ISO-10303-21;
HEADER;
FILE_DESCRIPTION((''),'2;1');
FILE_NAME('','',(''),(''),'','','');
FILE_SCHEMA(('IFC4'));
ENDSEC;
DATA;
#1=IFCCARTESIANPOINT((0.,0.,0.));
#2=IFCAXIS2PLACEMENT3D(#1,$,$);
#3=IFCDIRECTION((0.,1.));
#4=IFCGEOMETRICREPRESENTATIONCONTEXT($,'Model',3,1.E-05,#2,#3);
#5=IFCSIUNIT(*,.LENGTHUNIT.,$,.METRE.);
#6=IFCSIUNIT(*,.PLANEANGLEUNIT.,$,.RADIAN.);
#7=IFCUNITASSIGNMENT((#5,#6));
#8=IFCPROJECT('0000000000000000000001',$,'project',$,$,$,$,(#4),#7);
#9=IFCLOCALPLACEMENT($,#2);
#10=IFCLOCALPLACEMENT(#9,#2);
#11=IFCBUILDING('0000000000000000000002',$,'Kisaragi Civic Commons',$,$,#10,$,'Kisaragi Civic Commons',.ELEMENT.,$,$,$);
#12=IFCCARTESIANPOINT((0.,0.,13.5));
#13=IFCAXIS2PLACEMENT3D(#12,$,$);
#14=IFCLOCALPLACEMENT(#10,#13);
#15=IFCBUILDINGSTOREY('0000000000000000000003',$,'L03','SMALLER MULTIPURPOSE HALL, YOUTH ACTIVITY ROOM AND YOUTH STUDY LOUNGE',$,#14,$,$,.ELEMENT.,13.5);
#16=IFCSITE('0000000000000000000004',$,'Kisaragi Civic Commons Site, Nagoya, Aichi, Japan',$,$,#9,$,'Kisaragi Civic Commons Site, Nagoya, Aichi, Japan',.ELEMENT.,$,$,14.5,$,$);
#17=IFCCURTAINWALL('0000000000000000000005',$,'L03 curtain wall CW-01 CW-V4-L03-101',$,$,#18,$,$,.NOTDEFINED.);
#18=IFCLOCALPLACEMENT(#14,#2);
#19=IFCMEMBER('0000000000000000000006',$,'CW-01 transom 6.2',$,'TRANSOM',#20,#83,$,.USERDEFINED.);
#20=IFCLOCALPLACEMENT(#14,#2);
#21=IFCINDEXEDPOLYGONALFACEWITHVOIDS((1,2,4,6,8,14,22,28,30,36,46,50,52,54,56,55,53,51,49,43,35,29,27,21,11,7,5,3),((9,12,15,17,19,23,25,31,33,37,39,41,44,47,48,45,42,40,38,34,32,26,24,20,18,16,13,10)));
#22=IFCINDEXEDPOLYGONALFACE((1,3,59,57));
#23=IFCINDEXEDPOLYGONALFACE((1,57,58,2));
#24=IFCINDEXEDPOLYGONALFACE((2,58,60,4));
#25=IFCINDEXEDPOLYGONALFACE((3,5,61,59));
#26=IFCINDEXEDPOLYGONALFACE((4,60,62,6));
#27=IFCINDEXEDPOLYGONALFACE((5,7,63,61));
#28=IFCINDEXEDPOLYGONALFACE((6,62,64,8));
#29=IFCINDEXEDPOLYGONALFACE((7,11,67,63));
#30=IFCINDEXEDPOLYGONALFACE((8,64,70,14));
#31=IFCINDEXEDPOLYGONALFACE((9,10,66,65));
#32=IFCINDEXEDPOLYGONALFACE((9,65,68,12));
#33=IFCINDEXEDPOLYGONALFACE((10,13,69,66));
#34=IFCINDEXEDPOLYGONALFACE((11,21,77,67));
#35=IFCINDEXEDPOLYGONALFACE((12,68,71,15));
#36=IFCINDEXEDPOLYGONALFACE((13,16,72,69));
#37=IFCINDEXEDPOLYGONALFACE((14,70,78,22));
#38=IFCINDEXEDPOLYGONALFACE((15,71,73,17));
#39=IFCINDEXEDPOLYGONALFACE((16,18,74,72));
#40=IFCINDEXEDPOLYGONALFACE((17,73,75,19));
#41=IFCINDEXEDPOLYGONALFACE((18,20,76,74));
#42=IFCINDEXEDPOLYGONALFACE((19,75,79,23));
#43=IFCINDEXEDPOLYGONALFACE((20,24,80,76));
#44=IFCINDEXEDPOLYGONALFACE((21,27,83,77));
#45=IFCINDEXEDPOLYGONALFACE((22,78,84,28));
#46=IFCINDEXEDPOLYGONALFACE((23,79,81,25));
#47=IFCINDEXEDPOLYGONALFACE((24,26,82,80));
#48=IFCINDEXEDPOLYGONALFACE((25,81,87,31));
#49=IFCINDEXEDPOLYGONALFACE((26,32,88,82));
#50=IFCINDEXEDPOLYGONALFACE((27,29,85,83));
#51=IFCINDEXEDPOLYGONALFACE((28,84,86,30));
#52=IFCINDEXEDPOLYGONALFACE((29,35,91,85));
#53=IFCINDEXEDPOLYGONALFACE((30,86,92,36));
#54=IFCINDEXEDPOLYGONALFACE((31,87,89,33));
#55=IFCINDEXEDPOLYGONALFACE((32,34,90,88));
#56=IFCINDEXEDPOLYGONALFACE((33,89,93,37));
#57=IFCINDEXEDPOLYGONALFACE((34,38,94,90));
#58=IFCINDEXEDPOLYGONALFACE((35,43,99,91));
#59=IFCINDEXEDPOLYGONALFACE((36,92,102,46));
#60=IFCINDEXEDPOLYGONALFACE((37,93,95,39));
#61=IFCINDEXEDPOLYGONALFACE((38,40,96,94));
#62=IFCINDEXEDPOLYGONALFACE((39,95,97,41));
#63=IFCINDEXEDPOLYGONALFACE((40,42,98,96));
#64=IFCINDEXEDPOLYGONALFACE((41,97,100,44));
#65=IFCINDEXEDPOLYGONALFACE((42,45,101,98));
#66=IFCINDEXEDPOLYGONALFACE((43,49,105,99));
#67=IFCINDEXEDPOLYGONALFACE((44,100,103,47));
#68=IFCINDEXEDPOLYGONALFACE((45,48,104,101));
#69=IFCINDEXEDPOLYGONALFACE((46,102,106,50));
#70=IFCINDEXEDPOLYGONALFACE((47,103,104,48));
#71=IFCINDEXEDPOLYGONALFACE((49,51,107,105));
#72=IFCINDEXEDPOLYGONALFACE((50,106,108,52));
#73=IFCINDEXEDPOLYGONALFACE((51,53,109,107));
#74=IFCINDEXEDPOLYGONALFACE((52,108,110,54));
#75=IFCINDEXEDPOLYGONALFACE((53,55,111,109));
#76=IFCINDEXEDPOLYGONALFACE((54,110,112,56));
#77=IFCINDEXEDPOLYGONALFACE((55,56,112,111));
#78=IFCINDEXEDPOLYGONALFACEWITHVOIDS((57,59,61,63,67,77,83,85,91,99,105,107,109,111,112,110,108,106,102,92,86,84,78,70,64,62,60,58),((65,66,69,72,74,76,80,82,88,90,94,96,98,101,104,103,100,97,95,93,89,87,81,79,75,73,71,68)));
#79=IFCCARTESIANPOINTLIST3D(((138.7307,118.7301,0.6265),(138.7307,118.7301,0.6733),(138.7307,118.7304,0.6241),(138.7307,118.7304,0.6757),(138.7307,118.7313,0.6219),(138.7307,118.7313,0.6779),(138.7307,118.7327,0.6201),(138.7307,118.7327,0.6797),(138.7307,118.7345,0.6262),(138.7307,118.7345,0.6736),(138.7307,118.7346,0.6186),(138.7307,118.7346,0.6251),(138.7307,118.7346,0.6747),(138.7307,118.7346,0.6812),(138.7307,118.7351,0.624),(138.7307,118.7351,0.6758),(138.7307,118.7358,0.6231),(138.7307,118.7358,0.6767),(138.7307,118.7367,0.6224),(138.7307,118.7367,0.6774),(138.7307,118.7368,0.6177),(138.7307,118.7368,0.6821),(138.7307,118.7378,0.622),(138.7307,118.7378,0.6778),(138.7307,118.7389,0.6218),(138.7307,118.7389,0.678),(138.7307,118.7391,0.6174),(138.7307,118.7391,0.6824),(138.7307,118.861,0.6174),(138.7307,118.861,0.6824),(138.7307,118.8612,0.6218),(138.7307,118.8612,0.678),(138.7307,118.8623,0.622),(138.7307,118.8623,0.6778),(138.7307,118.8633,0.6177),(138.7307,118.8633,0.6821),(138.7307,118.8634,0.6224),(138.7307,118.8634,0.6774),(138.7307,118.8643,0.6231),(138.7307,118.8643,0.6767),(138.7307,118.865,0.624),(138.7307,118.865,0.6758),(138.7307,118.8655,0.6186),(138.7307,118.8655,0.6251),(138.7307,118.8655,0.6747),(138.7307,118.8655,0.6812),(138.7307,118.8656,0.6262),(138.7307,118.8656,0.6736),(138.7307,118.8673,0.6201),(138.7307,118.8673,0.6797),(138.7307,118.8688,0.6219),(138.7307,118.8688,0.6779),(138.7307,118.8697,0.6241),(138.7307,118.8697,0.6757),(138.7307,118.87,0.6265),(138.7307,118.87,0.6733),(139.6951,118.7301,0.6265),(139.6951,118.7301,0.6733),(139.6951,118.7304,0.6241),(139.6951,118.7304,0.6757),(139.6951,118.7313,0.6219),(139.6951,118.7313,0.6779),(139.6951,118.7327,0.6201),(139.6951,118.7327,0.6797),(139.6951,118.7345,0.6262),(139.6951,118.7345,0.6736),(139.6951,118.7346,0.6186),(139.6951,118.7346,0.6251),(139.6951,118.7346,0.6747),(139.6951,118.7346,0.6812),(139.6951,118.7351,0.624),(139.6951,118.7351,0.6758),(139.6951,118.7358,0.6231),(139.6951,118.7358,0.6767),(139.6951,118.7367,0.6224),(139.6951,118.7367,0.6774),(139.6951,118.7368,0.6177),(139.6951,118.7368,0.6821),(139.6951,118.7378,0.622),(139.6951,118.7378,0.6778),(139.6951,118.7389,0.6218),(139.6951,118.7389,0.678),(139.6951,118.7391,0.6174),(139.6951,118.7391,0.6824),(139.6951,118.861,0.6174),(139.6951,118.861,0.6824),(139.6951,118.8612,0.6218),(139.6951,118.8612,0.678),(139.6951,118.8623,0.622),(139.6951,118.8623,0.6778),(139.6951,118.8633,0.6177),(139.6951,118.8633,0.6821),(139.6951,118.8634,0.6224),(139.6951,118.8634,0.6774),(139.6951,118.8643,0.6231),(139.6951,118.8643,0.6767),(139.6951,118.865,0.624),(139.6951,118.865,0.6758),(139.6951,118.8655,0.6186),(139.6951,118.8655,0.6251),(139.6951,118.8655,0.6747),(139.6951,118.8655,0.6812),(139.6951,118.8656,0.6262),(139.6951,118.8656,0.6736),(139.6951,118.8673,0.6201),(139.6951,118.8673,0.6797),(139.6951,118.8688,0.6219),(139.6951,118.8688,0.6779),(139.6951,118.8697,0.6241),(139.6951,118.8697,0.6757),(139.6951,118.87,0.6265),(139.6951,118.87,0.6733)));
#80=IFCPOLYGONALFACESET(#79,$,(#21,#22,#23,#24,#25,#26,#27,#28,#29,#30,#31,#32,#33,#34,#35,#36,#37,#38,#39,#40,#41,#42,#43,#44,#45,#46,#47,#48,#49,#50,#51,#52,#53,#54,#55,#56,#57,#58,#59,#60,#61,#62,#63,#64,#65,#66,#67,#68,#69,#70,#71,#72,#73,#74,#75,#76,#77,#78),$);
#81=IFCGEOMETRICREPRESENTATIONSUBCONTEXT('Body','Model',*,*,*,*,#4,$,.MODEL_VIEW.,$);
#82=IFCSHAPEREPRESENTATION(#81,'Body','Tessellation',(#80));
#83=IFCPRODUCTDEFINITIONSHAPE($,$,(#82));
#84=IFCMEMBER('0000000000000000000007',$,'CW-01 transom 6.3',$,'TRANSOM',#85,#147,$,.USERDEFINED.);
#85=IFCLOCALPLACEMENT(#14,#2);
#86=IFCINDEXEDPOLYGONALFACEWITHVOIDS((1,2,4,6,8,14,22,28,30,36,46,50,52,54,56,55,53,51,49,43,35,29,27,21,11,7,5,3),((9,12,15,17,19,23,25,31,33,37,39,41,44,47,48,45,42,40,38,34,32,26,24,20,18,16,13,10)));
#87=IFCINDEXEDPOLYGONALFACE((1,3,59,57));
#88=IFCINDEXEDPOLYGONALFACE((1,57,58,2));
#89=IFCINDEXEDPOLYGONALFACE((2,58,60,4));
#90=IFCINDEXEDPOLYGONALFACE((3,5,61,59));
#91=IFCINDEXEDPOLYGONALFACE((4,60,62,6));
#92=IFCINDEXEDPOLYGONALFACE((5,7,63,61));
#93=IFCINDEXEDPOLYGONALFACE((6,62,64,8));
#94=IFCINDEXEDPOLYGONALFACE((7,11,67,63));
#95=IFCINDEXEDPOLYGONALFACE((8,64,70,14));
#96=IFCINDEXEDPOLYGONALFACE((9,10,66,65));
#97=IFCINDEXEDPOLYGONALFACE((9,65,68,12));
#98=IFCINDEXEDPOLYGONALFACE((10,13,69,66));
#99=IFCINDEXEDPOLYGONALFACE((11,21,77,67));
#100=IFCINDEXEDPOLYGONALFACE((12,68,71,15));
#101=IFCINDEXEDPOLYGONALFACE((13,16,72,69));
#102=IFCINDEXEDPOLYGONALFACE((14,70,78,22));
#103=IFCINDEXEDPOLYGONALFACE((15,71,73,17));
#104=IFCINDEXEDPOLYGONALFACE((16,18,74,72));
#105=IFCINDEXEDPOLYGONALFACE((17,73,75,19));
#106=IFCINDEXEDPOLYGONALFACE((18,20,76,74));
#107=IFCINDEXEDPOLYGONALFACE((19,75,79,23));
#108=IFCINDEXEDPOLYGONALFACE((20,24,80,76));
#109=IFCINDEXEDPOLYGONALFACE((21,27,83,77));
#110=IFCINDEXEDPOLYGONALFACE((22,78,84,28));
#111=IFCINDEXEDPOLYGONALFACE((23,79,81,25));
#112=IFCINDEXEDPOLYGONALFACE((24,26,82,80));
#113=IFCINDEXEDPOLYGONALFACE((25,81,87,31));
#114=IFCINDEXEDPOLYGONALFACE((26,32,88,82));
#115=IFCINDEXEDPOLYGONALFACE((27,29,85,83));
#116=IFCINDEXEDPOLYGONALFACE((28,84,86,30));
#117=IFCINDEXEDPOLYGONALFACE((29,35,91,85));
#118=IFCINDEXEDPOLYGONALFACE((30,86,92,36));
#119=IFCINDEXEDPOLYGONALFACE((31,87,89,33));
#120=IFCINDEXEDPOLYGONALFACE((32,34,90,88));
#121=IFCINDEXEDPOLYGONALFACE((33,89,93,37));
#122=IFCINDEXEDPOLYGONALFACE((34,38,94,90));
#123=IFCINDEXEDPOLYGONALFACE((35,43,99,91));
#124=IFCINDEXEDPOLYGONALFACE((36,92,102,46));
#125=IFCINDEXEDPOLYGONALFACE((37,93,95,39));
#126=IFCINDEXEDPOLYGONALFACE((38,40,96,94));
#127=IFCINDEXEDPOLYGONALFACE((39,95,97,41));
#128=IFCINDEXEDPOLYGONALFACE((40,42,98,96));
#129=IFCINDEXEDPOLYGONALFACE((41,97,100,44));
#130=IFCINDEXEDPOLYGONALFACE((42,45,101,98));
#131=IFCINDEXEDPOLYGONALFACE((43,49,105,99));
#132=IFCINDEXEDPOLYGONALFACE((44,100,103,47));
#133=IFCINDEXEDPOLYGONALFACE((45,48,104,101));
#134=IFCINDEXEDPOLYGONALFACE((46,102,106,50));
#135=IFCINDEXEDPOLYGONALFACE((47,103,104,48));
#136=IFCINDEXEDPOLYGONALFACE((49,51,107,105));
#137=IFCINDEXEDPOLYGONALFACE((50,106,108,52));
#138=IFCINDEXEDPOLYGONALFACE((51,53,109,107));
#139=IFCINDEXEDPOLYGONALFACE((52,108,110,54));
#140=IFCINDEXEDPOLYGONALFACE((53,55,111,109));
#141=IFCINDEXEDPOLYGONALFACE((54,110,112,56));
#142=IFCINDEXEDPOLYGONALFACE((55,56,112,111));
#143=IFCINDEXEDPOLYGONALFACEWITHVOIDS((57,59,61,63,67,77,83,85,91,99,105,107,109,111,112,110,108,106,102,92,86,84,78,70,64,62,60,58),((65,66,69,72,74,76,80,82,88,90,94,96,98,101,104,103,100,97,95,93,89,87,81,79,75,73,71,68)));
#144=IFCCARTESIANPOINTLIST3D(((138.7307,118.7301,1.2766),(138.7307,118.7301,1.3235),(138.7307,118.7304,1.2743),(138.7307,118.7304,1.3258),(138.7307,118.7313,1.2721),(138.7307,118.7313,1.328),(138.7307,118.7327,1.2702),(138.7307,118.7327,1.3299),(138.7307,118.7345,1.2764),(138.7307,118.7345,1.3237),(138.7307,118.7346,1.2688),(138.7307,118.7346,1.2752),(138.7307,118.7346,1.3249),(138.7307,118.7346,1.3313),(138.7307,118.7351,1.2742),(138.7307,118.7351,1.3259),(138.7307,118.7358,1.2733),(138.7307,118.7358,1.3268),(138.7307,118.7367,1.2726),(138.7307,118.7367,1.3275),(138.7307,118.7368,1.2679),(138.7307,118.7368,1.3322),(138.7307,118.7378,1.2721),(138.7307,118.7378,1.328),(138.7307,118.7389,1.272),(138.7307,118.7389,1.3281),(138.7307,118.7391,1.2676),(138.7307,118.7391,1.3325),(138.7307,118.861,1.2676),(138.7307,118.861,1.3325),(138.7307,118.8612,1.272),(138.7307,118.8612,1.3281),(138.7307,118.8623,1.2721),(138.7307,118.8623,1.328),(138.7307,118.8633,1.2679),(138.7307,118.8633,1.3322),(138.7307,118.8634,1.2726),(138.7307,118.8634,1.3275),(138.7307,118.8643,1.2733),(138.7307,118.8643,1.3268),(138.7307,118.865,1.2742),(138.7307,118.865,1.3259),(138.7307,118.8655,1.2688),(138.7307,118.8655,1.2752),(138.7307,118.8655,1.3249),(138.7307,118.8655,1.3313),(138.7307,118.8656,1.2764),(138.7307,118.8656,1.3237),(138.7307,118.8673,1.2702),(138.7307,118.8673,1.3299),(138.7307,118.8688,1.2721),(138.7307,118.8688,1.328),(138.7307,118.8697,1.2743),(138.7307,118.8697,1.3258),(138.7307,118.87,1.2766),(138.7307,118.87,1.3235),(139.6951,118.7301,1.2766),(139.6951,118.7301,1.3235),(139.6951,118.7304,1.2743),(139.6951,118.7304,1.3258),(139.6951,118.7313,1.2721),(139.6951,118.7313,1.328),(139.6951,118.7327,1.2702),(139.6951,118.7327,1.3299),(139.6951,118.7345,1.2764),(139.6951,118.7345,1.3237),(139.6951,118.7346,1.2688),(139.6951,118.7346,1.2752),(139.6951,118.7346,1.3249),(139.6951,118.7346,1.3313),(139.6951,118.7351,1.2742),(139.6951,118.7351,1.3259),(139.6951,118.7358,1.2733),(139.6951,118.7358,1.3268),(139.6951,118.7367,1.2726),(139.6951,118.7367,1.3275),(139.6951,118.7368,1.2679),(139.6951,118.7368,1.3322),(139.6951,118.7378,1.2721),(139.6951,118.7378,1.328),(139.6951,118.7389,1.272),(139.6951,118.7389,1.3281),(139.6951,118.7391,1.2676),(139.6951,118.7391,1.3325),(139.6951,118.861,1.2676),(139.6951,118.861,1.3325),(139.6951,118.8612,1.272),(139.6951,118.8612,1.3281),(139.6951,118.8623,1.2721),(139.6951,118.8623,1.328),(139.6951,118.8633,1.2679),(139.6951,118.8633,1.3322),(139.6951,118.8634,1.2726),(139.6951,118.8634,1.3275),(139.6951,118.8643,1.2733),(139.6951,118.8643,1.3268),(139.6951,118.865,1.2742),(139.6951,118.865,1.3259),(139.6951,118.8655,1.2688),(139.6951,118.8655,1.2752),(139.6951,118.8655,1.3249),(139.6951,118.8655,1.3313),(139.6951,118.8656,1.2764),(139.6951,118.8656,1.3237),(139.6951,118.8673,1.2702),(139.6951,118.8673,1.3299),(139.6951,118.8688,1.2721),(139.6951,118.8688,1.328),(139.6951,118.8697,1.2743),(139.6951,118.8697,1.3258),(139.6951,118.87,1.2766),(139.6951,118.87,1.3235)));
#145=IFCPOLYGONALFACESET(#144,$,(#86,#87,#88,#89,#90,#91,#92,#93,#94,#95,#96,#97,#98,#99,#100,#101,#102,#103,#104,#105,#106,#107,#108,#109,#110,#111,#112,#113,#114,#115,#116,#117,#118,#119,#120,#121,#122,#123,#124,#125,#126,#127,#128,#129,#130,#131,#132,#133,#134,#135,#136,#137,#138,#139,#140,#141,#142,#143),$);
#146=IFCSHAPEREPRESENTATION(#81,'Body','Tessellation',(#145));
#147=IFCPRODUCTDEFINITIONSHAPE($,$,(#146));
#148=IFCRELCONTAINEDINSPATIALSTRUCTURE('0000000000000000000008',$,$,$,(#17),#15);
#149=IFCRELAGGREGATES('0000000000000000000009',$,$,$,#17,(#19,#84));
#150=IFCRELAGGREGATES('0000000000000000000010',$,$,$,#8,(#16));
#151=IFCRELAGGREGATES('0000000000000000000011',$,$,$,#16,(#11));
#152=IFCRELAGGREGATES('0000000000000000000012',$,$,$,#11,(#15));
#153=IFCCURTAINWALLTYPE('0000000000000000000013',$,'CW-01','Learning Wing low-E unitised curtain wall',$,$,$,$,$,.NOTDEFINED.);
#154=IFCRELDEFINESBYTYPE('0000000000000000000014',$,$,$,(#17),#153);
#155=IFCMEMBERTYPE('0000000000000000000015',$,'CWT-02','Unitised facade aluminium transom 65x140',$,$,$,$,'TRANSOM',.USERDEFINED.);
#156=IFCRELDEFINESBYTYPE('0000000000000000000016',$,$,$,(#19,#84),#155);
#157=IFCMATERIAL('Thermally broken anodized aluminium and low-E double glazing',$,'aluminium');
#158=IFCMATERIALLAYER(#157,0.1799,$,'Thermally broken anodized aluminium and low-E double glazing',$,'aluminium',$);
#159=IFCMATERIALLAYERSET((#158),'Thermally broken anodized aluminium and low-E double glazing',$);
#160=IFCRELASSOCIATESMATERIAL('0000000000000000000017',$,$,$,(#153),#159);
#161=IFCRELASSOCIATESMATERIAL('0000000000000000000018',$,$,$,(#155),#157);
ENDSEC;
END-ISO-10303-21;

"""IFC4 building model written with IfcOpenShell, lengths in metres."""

from ifc_helpers import new_model, si_unit, direction, frame, origin, origin_2d, place, context, subcontext, project, spatial, hollow_rectangle, extrude, material, layer, layer_set, material_profile, profile_set, type_object, element, aggregate, save


model = new_model("IFC4")

# Units and contexts
model_context = context("Model", 3, precision=1e-05, world=origin(), true_north=direction((0.0, 1.0)))
body_context = subcontext(model_context, "Body", "Model", "MODEL_VIEW")
ifc_project = project(units=[si_unit("LENGTHUNIT", "METRE"), si_unit("PLANEANGLEUNIT", "RADIAN")], contexts=[model_context])

# Site, building, storey
site_placement = place(None, origin())
site = spatial("IfcSite", under=ifc_project, at=site_placement, Name="Kisaragi Civic Commons Site, Nagoya, Aichi, Japan", LongName="Kisaragi Civic Commons Site, Nagoya, Aichi, Japan", CompositionType="ELEMENT", RefElevation=14.5)
building_placement = place(site_placement, origin())
building = spatial("IfcBuilding", under=site, at=building_placement, Name="Kisaragi Civic Commons", LongName="Kisaragi Civic Commons", CompositionType="ELEMENT")
storey_placement = place(building_placement, frame((0.0, 0.0, 13.5)))
storey = spatial("IfcBuildingStorey", under=building, at=storey_placement, Name="L03", Description="SMALLER MULTIPURPOSE HALL, YOUTH ACTIVITY ROOM AND YOUTH STUDY LOUNGE", CompositionType="ELEMENT", Elevation=13.5)

# Curtain wall, members
ifc_material_1 = material(Name="Thermally broken anodized aluminium and low-E double glazing", Category="aluminium")
ifc_layer_1 = layer(ifc_material_1, 0.1799, Name="Thermally broken anodized aluminium and low-E double glazing", Category="aluminium")
ifc_layer_set_1 = layer_set([ifc_layer_1], Name="Thermally broken anodized aluminium and low-E double glazing")
curtain_wall_type = type_object("IfcCurtainWallType", Name="CW-01", Description="Learning Wing low-E unitised curtain wall", PredefinedType="NOTDEFINED", material=ifc_layer_set_1)
curtain_wall_placement = place(storey_placement, origin())
curtain_wall = element("IfcCurtainWall", 1, at=curtain_wall_placement, inside=storey, type_object=curtain_wall_type, Name="L03 curtain wall CW-01 CW-V4-L03-101", PredefinedType="NOTDEFINED")
ifc_material_profile_1 = material_profile(ifc_material_1, hollow_rectangle(XDim=0.1399, YDim=0.0649, WallThickness=0.0044, InnerFilletRadius=0.0044, OuterFilletRadius=0.009, at=origin_2d()), Name="CWT-65x140x4.5", Category="aluminium")
ifc_profile_set_1 = profile_set([ifc_material_profile_1], Name="Thermally broken anodized aluminium and low-E double glazing")
member_type_1 = type_object("IfcMemberType", Name="CWT-02", Description="Unitised facade aluminium transom 65x140", ElementType="TRANSOM", PredefinedType="USERDEFINED", material=ifc_profile_set_1)
member_1_placement = place(storey_placement, frame((138.7307, 118.8, 0.6499), z_axis=(1.0, 0.0, 0.0), x_axis=(0.0, 1.0, 0.0)))
member_1 = element("IfcMember", 2, at=member_1_placement, type_object=member_type_1, Name="CW-01 transom 6.2", ObjectType="TRANSOM", PredefinedType="USERDEFINED", context=body_context, shape_type="SweptSolid", body=[
    extrude(hollow_rectangle(XDim=0.1399, YDim=0.0649, WallThickness=0.0044, InnerFilletRadius=0.0044, OuterFilletRadius=0.009, at=origin_2d()), origin(), (0.0, 0.0, 1.0), 0.9644),
])
member_2_placement = place(storey_placement, frame((138.7307, 118.8, 1.3), z_axis=(1.0, 0.0, 0.0), x_axis=(0.0, 1.0, 0.0)))
member_2 = element("IfcMember", 3, at=member_2_placement, type_object=member_type_1, Name="CW-01 transom 6.3", ObjectType="TRANSOM", PredefinedType="USERDEFINED", context=body_context, shape_type="SweptSolid", body=[
    extrude(hollow_rectangle(XDim=0.1399, YDim=0.0649, WallThickness=0.0044, InnerFilletRadius=0.0044, OuterFilletRadius=0.009, at=origin_2d()), origin(), (0.0, 0.0, 1.0), 0.9644),
])

aggregate(curtain_wall, [member_1, member_2])

save(model, "model.ifc")
